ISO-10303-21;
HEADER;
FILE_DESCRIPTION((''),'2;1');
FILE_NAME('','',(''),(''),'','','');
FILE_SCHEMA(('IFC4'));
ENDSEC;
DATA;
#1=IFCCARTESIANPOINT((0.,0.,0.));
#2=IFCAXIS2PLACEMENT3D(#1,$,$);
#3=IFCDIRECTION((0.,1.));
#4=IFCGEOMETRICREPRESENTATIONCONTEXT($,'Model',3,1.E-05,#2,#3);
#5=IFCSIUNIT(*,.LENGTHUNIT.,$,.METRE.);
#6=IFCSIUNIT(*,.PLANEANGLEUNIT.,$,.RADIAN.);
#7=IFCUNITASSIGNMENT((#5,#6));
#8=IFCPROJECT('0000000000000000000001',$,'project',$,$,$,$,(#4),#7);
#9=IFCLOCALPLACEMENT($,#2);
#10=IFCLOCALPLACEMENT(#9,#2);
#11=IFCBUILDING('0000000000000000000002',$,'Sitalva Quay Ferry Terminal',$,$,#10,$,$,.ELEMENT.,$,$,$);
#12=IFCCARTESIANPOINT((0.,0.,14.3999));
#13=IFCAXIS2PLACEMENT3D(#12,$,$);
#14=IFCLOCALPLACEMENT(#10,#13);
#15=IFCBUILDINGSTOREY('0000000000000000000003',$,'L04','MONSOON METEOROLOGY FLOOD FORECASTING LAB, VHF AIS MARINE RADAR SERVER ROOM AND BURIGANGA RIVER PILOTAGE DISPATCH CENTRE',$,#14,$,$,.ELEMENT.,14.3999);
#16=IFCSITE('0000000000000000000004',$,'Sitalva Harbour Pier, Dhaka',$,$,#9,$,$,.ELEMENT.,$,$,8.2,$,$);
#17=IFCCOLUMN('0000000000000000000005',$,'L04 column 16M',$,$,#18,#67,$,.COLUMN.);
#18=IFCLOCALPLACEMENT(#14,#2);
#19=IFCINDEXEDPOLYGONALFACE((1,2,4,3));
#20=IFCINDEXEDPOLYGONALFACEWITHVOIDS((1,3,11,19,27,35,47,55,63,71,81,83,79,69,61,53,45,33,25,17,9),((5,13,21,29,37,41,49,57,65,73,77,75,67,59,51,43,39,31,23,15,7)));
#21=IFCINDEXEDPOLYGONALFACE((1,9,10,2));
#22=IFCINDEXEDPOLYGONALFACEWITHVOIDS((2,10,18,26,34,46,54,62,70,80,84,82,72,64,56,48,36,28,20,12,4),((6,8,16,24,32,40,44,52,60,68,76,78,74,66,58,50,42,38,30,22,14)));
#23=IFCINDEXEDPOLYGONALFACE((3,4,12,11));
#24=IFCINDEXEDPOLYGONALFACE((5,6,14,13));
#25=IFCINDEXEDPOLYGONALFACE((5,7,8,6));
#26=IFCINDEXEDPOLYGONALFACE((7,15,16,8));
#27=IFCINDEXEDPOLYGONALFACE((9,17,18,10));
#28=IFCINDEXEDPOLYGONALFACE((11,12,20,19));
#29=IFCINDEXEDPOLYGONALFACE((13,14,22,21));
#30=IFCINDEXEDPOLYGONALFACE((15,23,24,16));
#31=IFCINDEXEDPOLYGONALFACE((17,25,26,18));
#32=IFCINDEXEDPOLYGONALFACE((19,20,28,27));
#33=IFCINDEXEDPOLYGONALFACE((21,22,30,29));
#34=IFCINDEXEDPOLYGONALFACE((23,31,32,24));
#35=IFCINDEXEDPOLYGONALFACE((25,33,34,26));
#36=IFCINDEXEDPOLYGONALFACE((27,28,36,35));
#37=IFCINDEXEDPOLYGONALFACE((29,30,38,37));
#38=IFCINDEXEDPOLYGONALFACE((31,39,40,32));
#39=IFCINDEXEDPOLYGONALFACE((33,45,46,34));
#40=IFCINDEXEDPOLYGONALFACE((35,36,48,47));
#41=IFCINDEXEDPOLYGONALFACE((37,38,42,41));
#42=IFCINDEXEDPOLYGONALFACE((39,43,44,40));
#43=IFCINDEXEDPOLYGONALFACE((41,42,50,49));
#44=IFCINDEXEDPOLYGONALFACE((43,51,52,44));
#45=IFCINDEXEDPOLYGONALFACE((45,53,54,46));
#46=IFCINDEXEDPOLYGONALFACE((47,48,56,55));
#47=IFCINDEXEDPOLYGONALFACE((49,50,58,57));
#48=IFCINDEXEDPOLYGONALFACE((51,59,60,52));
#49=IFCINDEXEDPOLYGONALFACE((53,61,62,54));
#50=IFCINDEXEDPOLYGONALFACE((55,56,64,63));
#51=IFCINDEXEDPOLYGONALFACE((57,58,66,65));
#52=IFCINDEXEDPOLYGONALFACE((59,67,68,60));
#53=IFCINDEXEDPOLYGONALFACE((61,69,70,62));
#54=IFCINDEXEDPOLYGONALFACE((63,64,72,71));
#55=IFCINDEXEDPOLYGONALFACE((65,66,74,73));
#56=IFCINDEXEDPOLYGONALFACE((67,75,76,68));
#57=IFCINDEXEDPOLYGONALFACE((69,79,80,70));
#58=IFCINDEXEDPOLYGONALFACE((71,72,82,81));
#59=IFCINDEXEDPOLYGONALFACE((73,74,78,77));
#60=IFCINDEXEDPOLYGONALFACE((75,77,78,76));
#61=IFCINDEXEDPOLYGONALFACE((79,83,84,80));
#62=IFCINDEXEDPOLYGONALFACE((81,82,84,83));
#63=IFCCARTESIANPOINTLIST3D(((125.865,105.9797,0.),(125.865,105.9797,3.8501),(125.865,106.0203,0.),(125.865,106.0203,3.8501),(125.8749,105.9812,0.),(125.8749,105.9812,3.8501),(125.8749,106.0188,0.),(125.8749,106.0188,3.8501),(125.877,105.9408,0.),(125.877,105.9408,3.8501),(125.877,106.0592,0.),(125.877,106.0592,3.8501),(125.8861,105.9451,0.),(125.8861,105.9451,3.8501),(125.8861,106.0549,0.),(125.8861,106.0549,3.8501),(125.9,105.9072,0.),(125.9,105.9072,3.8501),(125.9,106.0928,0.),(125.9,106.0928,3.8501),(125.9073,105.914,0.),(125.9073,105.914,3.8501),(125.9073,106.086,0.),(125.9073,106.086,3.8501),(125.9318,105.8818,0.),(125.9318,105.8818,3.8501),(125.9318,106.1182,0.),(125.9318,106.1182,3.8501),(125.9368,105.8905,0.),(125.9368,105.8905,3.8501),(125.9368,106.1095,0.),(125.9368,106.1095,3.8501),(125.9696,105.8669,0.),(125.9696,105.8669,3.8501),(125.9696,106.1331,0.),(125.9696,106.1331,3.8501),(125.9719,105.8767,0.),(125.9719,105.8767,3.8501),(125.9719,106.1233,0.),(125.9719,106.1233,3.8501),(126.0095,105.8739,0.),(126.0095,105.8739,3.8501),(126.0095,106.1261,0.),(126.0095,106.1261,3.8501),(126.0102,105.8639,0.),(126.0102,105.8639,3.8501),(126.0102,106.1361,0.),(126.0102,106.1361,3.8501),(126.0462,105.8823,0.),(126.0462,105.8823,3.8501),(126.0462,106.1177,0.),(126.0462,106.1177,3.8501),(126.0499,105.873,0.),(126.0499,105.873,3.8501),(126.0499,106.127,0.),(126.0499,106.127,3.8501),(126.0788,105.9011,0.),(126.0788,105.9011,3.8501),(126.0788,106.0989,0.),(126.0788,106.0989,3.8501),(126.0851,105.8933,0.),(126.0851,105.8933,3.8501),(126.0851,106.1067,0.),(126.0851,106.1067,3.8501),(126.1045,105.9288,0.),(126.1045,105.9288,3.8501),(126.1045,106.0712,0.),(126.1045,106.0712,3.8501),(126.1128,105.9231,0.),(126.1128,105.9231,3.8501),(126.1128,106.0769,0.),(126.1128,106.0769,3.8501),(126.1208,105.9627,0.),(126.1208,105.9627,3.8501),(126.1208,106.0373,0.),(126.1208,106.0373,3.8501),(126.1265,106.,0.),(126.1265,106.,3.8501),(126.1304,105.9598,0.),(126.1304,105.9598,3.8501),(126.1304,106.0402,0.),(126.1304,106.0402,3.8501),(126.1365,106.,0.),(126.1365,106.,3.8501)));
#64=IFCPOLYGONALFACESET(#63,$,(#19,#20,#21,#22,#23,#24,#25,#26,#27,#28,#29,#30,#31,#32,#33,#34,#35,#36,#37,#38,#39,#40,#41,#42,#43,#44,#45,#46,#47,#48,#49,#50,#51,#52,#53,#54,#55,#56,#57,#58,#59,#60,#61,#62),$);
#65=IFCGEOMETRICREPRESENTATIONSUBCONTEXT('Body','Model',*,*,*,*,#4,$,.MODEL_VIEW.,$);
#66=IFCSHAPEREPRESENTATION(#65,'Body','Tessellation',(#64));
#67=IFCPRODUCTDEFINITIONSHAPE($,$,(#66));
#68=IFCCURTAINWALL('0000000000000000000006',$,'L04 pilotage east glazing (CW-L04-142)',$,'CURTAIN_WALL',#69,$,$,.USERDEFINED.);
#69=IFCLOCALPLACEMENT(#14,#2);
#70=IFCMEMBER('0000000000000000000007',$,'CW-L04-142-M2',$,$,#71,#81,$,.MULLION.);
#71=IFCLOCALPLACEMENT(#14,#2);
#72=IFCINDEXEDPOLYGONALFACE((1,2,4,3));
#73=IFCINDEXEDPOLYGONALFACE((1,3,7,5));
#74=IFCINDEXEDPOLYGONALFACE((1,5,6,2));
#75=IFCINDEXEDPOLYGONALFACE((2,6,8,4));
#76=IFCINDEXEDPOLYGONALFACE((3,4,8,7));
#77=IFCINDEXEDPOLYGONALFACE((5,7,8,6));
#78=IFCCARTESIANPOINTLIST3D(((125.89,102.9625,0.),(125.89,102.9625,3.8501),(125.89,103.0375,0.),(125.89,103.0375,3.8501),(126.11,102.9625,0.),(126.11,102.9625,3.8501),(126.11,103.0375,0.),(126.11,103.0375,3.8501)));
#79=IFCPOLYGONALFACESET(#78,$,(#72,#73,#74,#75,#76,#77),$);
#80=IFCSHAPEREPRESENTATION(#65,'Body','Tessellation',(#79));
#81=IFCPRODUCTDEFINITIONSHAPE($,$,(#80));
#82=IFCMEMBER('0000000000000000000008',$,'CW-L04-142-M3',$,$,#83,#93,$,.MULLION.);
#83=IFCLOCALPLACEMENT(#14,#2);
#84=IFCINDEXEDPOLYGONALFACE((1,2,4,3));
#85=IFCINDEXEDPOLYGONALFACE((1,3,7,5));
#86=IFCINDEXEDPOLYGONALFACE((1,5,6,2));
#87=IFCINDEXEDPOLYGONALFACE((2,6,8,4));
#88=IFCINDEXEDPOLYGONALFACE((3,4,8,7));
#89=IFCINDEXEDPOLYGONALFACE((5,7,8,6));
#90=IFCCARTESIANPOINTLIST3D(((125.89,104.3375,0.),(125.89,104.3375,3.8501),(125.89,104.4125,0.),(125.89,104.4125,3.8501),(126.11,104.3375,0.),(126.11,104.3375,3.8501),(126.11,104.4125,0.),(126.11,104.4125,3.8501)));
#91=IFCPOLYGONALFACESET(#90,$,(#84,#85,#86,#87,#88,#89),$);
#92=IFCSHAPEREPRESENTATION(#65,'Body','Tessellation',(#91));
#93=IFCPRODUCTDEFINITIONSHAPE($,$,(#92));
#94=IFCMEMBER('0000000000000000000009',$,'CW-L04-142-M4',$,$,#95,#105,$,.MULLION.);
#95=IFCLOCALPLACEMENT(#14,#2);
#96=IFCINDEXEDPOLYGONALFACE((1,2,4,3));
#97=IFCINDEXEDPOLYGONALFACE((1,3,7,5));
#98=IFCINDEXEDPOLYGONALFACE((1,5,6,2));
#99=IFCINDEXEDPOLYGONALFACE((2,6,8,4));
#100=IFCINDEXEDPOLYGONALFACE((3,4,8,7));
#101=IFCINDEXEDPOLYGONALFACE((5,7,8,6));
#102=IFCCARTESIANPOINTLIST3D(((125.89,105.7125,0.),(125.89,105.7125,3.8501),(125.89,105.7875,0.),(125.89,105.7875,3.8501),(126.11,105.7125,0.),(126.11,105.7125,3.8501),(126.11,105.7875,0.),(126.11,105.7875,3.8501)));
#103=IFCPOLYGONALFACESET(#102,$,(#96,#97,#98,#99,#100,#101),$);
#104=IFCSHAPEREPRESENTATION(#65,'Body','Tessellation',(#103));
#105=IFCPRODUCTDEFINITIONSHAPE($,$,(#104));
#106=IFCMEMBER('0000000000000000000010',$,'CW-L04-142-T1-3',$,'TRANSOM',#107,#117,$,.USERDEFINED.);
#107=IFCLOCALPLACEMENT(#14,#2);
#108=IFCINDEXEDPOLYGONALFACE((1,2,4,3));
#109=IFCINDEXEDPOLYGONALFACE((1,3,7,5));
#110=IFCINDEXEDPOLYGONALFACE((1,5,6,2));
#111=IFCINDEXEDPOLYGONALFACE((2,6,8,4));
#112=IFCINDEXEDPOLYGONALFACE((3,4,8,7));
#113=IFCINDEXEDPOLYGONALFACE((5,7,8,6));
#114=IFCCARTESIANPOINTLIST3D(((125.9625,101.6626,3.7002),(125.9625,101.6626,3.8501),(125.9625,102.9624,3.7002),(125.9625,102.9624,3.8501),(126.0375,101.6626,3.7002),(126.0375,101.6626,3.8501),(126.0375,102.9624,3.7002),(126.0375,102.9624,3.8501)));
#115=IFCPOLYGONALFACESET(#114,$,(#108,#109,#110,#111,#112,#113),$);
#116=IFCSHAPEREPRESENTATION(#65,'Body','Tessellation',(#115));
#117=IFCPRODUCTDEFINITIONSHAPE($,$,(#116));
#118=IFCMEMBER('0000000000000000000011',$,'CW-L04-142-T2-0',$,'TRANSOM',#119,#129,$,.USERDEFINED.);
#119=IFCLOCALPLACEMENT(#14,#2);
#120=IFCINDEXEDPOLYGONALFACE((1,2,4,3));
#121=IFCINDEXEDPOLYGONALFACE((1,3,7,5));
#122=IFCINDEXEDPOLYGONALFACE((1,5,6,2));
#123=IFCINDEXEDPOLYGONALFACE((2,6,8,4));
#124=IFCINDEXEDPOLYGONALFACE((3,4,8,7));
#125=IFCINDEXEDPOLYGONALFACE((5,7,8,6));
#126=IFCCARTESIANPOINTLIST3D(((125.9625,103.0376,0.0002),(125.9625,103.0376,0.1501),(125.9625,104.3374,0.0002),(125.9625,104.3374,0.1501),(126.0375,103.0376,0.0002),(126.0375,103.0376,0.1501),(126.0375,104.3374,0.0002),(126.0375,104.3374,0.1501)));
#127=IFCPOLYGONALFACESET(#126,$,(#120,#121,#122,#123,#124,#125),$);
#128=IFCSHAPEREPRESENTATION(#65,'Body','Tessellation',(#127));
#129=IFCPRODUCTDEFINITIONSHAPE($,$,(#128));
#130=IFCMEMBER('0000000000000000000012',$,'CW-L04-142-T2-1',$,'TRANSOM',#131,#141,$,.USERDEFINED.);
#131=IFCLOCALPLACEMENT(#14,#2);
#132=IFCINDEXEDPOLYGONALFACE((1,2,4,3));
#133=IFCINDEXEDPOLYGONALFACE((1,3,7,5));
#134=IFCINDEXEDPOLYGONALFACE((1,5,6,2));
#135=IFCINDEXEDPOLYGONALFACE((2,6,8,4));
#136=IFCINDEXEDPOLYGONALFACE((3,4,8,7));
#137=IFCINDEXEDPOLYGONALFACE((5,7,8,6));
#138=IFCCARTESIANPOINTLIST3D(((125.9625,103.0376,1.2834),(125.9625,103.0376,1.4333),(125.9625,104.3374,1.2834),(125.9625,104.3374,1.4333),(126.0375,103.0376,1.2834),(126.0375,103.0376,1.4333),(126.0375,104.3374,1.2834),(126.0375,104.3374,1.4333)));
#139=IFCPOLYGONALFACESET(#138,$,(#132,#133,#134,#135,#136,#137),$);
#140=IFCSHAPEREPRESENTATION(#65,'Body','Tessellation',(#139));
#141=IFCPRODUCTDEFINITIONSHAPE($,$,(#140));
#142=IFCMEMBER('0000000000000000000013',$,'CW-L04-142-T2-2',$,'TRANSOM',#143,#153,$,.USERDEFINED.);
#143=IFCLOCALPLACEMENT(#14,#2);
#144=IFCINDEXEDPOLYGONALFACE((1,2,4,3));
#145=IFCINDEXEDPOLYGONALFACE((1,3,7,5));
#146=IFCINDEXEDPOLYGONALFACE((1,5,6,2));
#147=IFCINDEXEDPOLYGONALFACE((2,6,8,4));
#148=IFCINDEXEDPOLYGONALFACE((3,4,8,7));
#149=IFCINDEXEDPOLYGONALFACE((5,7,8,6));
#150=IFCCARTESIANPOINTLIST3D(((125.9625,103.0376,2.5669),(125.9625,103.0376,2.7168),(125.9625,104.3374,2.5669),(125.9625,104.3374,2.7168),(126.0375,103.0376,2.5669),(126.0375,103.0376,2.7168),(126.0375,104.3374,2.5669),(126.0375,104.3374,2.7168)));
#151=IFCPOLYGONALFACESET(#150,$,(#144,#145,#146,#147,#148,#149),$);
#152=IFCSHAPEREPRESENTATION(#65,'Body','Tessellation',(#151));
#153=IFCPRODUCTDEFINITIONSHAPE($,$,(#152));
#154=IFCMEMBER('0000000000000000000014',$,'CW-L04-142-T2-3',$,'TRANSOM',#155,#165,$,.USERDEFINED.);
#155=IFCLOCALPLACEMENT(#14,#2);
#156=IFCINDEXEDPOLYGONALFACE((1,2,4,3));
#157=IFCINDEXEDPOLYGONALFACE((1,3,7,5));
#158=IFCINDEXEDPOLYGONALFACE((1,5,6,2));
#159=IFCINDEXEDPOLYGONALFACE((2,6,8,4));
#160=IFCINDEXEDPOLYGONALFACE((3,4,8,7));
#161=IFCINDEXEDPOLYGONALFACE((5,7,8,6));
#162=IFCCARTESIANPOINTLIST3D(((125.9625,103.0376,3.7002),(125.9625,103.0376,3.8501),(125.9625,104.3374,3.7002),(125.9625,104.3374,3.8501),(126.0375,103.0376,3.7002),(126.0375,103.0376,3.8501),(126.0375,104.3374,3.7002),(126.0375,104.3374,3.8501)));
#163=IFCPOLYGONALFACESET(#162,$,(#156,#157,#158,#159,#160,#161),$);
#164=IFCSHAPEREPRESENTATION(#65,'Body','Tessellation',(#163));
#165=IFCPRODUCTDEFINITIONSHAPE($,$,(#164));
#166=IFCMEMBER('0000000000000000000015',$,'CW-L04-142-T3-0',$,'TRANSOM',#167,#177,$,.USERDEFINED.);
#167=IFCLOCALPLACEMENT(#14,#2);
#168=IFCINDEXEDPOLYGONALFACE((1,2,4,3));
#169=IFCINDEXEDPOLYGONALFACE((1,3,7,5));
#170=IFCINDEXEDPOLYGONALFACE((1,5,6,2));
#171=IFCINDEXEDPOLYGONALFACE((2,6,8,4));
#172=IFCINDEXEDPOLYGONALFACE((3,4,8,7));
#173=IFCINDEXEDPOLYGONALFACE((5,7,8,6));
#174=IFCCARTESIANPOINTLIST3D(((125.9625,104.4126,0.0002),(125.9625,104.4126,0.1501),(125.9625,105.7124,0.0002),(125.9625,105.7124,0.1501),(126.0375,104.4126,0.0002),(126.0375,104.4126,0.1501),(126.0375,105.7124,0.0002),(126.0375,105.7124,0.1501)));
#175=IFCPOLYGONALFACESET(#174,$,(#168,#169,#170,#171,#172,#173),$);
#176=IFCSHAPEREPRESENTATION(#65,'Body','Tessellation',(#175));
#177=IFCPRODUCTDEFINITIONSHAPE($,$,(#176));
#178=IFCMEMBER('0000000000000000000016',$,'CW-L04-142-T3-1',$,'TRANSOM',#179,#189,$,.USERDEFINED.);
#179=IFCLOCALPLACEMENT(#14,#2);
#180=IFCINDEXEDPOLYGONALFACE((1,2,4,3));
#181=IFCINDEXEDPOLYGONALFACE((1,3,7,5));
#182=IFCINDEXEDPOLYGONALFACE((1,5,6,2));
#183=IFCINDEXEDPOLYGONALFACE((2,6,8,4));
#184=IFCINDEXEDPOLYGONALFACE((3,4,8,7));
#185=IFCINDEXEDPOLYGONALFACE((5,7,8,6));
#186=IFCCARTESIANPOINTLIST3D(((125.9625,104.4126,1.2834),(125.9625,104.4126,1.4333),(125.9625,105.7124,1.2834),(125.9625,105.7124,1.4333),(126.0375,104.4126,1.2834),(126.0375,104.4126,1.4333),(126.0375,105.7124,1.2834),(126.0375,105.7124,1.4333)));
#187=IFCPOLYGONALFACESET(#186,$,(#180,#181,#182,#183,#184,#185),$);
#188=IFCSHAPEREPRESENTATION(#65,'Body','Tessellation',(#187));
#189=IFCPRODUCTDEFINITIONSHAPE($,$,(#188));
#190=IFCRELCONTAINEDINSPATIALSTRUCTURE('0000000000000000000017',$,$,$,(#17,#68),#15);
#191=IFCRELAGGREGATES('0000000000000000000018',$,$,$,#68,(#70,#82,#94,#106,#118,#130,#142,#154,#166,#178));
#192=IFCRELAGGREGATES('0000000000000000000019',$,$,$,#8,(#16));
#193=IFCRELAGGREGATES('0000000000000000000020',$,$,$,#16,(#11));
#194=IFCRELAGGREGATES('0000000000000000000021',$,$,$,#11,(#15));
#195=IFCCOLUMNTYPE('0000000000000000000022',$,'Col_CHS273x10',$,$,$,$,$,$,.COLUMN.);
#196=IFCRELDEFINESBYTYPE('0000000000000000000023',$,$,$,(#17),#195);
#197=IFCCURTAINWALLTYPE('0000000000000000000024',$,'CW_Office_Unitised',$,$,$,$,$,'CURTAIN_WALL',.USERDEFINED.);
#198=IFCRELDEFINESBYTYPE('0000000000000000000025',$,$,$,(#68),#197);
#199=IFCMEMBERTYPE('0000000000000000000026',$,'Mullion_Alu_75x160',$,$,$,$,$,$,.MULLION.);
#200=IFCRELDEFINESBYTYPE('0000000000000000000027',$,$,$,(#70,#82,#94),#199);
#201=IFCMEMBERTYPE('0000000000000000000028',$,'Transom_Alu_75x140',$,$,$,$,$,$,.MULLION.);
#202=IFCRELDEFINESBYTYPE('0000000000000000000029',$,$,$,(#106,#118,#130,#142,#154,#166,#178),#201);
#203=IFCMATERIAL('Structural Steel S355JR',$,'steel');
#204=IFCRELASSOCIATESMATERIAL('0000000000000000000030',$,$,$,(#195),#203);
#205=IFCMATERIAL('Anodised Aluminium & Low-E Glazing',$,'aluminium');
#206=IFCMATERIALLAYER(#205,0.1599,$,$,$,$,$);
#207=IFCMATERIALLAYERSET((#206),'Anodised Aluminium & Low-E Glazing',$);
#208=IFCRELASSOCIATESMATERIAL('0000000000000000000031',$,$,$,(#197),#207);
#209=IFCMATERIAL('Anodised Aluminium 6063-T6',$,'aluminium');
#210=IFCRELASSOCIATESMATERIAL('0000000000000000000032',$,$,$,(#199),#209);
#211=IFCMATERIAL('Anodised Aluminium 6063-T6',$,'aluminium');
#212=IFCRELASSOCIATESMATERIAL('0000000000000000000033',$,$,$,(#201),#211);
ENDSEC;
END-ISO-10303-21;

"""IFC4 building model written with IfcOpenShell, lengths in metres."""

from ifc_helpers import new_model, si_unit, direction, frame, origin, origin_2d, place, context, subcontext, project, spatial, rectangle, hollow_circle, extrude, material, layer, layer_set, material_profile, profile_set, type_object, element, aggregate, save


model = new_model("IFC4")

# Units and contexts
model_context = context("Model", 3, precision=1e-05, world=origin(), true_north=direction((0.0, 1.0)))
body_context = subcontext(model_context, "Body", "Model", "MODEL_VIEW")
ifc_project = project(units=[si_unit("LENGTHUNIT", "METRE"), si_unit("PLANEANGLEUNIT", "RADIAN")], contexts=[model_context])

# Site, building, storey
site_placement = place(None, origin())
site = spatial("IfcSite", under=ifc_project, at=site_placement, Name="Sitalva Harbour Pier, Dhaka", CompositionType="ELEMENT", RefElevation=8.2)
building_placement = place(site_placement, origin())
building = spatial("IfcBuilding", under=site, at=building_placement, Name="Sitalva Quay Ferry Terminal", CompositionType="ELEMENT")
storey_placement = place(building_placement, frame((0.0, 0.0, 14.3999)))
storey = spatial("IfcBuildingStorey", under=building, at=storey_placement, Name="L04", Description="MONSOON METEOROLOGY FLOOD FORECASTING LAB, VHF AIS MARINE RADAR SERVER ROOM AND BURIGANGA RIVER PILOTAGE DISPATCH CENTRE", CompositionType="ELEMENT", Elevation=14.3999)

# Column
ifc_material_1 = material(Name="Structural Steel S355JR", Category="steel")
ifc_material_profile_1 = material_profile(ifc_material_1, hollow_circle(Radius=0.1365, WallThickness=0.01, at=origin_2d()), Name="CHS273x10")
ifc_profile_set_1 = profile_set([ifc_material_profile_1], Name="Structural Steel S355JR")
column_type = type_object("IfcColumnType", Name="Col_CHS273x10", PredefinedType="COLUMN", material=ifc_profile_set_1)
column_placement = place(storey_placement, frame((126.0, 106.0, 0.0), z_axis=(0.0, 0.0, 1.0), x_axis=(1.0, 0.0, 0.0)))
element("IfcColumn", 1, at=column_placement, inside=storey, type_object=column_type, Name="L04 column 16M", PredefinedType="COLUMN", context=body_context, shape_type="SweptSolid", body=[
    extrude(hollow_circle(Radius=0.1365, WallThickness=0.01, at=origin_2d()), origin(), (0.0, 0.0, 1.0), 3.8501),
])

# Curtain wall, members
ifc_material_2 = material(Name="Anodised Aluminium & Low-E Glazing", Category="aluminium")
ifc_layer_1 = layer(ifc_material_2, 0.1599)
ifc_layer_set_1 = layer_set([ifc_layer_1], Name="Anodised Aluminium & Low-E Glazing")
curtain_wall_type = type_object("IfcCurtainWallType", Name="CW_Office_Unitised", ElementType="CURTAIN_WALL", PredefinedType="USERDEFINED", material=ifc_layer_set_1)
curtain_wall_placement = place(storey_placement, origin())
curtain_wall = element("IfcCurtainWall", 2, at=curtain_wall_placement, inside=storey, type_object=curtain_wall_type, Name="L04 pilotage east glazing (CW-L04-142)", ObjectType="CURTAIN_WALL", PredefinedType="USERDEFINED")
ifc_material_3 = material(Name="Anodised Aluminium 6063-T6", Category="aluminium")
ifc_material_profile_2 = material_profile(ifc_material_3, rectangle(XDim=0.075, YDim=0.22, at=origin_2d()), Name="ALU75x220")
ifc_profile_set_2 = profile_set([ifc_material_profile_2], Name="Anodised Aluminium 6063-T6")
member_type_1 = type_object("IfcMemberType", Name="Mullion_Alu_75x160", PredefinedType="MULLION", material=ifc_profile_set_2)
member_1_placement = place(storey_placement, frame((126.0, 103.0, 0.0), z_axis=(0.0, 0.0, 1.0), x_axis=(0.0, 1.0, 0.0)))
member_1 = element("IfcMember", 3, at=member_1_placement, type_object=member_type_1, Name="CW-L04-142-M2", PredefinedType="MULLION", context=body_context, shape_type="SweptSolid", body=[
    extrude(rectangle(XDim=0.075, YDim=0.22, at=origin_2d()), origin(), (0.0, 0.0, 1.0), 3.8501),
])
member_2_placement = place(storey_placement, frame((126.0, 104.375, 0.0), z_axis=(0.0, 0.0, 1.0), x_axis=(0.0, 1.0, 0.0)))
member_2 = element("IfcMember", 4, at=member_2_placement, type_object=member_type_1, Name="CW-L04-142-M3", PredefinedType="MULLION", context=body_context, shape_type="SweptSolid", body=[
    extrude(rectangle(XDim=0.075, YDim=0.22, at=origin_2d()), origin(), (0.0, 0.0, 1.0), 3.8501),
])
member_3_placement = place(storey_placement, frame((126.0, 105.75, 0.0), z_axis=(0.0, 0.0, 1.0), x_axis=(0.0, 1.0, 0.0)))
member_3 = element("IfcMember", 5, at=member_3_placement, type_object=member_type_1, Name="CW-L04-142-M4", PredefinedType="MULLION", context=body_context, shape_type="SweptSolid", body=[
    extrude(rectangle(XDim=0.075, YDim=0.22, at=origin_2d()), origin(), (0.0, 0.0, 1.0), 3.8501),
])
ifc_material_4 = material(Name="Anodised Aluminium 6063-T6", Category="aluminium")
ifc_material_profile_3 = material_profile(ifc_material_4, rectangle(XDim=0.075, YDim=0.1499, at=origin_2d()), Name="ALU75x150")
ifc_profile_set_3 = profile_set([ifc_material_profile_3], Name="Anodised Aluminium 6063-T6")
member_type_2 = type_object("IfcMemberType", Name="Transom_Alu_75x140", PredefinedType="MULLION", material=ifc_profile_set_3)
member_4_placement = place(storey_placement, frame((126.0, 101.6626, 3.7751), z_axis=(0.0, 1.0, 0.0), x_axis=(-1.0, 0.0, 0.0)))
member_4 = element("IfcMember", 6, at=member_4_placement, type_object=member_type_2, Name="CW-L04-142-T1-3", ObjectType="TRANSOM", PredefinedType="USERDEFINED", context=body_context, shape_type="SweptSolid", body=[
    extrude(rectangle(XDim=0.075, YDim=0.1499, at=origin_2d()), origin(), (0.0, 0.0, 1.0), 1.2998),
])
member_5_placement = place(storey_placement, frame((126.0, 103.0376, 0.0752), z_axis=(0.0, 1.0, 0.0), x_axis=(-1.0, 0.0, 0.0)))
member_5 = element("IfcMember", 7, at=member_5_placement, type_object=member_type_2, Name="CW-L04-142-T2-0", ObjectType="TRANSOM", PredefinedType="USERDEFINED", context=body_context, shape_type="SweptSolid", body=[
    extrude(rectangle(XDim=0.075, YDim=0.1499, at=origin_2d()), origin(), (0.0, 0.0, 1.0), 1.2998),
])
member_6_placement = place(storey_placement, frame((126.0, 103.0376, 1.3584), z_axis=(0.0, 1.0, 0.0), x_axis=(-1.0, 0.0, 0.0)))
member_6 = element("IfcMember", 8, at=member_6_placement, type_object=member_type_2, Name="CW-L04-142-T2-1", ObjectType="TRANSOM", PredefinedType="USERDEFINED", context=body_context, shape_type="SweptSolid", body=[
    extrude(rectangle(XDim=0.075, YDim=0.1499, at=origin_2d()), origin(), (0.0, 0.0, 1.0), 1.2998),
])
member_7_placement = place(storey_placement, frame((126.0, 103.0376, 2.6418), z_axis=(0.0, 1.0, 0.0), x_axis=(-1.0, 0.0, 0.0)))
member_7 = element("IfcMember", 9, at=member_7_placement, type_object=member_type_2, Name="CW-L04-142-T2-2", ObjectType="TRANSOM", PredefinedType="USERDEFINED", context=body_context, shape_type="SweptSolid", body=[
    extrude(rectangle(XDim=0.075, YDim=0.1499, at=origin_2d()), origin(), (0.0, 0.0, 1.0), 1.2998),
])
member_8_placement = place(storey_placement, frame((126.0, 103.0376, 3.7751), z_axis=(0.0, 1.0, 0.0), x_axis=(-1.0, 0.0, 0.0)))
member_8 = element("IfcMember", 10, at=member_8_placement, type_object=member_type_2, Name="CW-L04-142-T2-3", ObjectType="TRANSOM", PredefinedType="USERDEFINED", context=body_context, shape_type="SweptSolid", body=[
    extrude(rectangle(XDim=0.075, YDim=0.1499, at=origin_2d()), origin(), (0.0, 0.0, 1.0), 1.2998),
])
member_9_placement = place(storey_placement, frame((126.0, 104.4126, 0.0752), z_axis=(0.0, 1.0, 0.0), x_axis=(-1.0, 0.0, 0.0)))
member_9 = element("IfcMember", 11, at=member_9_placement, type_object=member_type_2, Name="CW-L04-142-T3-0", ObjectType="TRANSOM", PredefinedType="USERDEFINED", context=body_context, shape_type="SweptSolid", body=[
    extrude(rectangle(XDim=0.075, YDim=0.1499, at=origin_2d()), origin(), (0.0, 0.0, 1.0), 1.2998),
])
member_10_placement = place(storey_placement, frame((126.0, 104.4126, 1.3584), z_axis=(0.0, 1.0, 0.0), x_axis=(-1.0, 0.0, 0.0)))
member_10 = element("IfcMember", 12, at=member_10_placement, type_object=member_type_2, Name="CW-L04-142-T3-1", ObjectType="TRANSOM", PredefinedType="USERDEFINED", context=body_context, shape_type="SweptSolid", body=[
    extrude(rectangle(XDim=0.075, YDim=0.1499, at=origin_2d()), origin(), (0.0, 0.0, 1.0), 1.2998),
])
aggregate(curtain_wall, [member_1, member_2, member_3, member_4, member_5, member_6, member_7, member_8, member_9, member_10])

save(model, "model.ifc")
